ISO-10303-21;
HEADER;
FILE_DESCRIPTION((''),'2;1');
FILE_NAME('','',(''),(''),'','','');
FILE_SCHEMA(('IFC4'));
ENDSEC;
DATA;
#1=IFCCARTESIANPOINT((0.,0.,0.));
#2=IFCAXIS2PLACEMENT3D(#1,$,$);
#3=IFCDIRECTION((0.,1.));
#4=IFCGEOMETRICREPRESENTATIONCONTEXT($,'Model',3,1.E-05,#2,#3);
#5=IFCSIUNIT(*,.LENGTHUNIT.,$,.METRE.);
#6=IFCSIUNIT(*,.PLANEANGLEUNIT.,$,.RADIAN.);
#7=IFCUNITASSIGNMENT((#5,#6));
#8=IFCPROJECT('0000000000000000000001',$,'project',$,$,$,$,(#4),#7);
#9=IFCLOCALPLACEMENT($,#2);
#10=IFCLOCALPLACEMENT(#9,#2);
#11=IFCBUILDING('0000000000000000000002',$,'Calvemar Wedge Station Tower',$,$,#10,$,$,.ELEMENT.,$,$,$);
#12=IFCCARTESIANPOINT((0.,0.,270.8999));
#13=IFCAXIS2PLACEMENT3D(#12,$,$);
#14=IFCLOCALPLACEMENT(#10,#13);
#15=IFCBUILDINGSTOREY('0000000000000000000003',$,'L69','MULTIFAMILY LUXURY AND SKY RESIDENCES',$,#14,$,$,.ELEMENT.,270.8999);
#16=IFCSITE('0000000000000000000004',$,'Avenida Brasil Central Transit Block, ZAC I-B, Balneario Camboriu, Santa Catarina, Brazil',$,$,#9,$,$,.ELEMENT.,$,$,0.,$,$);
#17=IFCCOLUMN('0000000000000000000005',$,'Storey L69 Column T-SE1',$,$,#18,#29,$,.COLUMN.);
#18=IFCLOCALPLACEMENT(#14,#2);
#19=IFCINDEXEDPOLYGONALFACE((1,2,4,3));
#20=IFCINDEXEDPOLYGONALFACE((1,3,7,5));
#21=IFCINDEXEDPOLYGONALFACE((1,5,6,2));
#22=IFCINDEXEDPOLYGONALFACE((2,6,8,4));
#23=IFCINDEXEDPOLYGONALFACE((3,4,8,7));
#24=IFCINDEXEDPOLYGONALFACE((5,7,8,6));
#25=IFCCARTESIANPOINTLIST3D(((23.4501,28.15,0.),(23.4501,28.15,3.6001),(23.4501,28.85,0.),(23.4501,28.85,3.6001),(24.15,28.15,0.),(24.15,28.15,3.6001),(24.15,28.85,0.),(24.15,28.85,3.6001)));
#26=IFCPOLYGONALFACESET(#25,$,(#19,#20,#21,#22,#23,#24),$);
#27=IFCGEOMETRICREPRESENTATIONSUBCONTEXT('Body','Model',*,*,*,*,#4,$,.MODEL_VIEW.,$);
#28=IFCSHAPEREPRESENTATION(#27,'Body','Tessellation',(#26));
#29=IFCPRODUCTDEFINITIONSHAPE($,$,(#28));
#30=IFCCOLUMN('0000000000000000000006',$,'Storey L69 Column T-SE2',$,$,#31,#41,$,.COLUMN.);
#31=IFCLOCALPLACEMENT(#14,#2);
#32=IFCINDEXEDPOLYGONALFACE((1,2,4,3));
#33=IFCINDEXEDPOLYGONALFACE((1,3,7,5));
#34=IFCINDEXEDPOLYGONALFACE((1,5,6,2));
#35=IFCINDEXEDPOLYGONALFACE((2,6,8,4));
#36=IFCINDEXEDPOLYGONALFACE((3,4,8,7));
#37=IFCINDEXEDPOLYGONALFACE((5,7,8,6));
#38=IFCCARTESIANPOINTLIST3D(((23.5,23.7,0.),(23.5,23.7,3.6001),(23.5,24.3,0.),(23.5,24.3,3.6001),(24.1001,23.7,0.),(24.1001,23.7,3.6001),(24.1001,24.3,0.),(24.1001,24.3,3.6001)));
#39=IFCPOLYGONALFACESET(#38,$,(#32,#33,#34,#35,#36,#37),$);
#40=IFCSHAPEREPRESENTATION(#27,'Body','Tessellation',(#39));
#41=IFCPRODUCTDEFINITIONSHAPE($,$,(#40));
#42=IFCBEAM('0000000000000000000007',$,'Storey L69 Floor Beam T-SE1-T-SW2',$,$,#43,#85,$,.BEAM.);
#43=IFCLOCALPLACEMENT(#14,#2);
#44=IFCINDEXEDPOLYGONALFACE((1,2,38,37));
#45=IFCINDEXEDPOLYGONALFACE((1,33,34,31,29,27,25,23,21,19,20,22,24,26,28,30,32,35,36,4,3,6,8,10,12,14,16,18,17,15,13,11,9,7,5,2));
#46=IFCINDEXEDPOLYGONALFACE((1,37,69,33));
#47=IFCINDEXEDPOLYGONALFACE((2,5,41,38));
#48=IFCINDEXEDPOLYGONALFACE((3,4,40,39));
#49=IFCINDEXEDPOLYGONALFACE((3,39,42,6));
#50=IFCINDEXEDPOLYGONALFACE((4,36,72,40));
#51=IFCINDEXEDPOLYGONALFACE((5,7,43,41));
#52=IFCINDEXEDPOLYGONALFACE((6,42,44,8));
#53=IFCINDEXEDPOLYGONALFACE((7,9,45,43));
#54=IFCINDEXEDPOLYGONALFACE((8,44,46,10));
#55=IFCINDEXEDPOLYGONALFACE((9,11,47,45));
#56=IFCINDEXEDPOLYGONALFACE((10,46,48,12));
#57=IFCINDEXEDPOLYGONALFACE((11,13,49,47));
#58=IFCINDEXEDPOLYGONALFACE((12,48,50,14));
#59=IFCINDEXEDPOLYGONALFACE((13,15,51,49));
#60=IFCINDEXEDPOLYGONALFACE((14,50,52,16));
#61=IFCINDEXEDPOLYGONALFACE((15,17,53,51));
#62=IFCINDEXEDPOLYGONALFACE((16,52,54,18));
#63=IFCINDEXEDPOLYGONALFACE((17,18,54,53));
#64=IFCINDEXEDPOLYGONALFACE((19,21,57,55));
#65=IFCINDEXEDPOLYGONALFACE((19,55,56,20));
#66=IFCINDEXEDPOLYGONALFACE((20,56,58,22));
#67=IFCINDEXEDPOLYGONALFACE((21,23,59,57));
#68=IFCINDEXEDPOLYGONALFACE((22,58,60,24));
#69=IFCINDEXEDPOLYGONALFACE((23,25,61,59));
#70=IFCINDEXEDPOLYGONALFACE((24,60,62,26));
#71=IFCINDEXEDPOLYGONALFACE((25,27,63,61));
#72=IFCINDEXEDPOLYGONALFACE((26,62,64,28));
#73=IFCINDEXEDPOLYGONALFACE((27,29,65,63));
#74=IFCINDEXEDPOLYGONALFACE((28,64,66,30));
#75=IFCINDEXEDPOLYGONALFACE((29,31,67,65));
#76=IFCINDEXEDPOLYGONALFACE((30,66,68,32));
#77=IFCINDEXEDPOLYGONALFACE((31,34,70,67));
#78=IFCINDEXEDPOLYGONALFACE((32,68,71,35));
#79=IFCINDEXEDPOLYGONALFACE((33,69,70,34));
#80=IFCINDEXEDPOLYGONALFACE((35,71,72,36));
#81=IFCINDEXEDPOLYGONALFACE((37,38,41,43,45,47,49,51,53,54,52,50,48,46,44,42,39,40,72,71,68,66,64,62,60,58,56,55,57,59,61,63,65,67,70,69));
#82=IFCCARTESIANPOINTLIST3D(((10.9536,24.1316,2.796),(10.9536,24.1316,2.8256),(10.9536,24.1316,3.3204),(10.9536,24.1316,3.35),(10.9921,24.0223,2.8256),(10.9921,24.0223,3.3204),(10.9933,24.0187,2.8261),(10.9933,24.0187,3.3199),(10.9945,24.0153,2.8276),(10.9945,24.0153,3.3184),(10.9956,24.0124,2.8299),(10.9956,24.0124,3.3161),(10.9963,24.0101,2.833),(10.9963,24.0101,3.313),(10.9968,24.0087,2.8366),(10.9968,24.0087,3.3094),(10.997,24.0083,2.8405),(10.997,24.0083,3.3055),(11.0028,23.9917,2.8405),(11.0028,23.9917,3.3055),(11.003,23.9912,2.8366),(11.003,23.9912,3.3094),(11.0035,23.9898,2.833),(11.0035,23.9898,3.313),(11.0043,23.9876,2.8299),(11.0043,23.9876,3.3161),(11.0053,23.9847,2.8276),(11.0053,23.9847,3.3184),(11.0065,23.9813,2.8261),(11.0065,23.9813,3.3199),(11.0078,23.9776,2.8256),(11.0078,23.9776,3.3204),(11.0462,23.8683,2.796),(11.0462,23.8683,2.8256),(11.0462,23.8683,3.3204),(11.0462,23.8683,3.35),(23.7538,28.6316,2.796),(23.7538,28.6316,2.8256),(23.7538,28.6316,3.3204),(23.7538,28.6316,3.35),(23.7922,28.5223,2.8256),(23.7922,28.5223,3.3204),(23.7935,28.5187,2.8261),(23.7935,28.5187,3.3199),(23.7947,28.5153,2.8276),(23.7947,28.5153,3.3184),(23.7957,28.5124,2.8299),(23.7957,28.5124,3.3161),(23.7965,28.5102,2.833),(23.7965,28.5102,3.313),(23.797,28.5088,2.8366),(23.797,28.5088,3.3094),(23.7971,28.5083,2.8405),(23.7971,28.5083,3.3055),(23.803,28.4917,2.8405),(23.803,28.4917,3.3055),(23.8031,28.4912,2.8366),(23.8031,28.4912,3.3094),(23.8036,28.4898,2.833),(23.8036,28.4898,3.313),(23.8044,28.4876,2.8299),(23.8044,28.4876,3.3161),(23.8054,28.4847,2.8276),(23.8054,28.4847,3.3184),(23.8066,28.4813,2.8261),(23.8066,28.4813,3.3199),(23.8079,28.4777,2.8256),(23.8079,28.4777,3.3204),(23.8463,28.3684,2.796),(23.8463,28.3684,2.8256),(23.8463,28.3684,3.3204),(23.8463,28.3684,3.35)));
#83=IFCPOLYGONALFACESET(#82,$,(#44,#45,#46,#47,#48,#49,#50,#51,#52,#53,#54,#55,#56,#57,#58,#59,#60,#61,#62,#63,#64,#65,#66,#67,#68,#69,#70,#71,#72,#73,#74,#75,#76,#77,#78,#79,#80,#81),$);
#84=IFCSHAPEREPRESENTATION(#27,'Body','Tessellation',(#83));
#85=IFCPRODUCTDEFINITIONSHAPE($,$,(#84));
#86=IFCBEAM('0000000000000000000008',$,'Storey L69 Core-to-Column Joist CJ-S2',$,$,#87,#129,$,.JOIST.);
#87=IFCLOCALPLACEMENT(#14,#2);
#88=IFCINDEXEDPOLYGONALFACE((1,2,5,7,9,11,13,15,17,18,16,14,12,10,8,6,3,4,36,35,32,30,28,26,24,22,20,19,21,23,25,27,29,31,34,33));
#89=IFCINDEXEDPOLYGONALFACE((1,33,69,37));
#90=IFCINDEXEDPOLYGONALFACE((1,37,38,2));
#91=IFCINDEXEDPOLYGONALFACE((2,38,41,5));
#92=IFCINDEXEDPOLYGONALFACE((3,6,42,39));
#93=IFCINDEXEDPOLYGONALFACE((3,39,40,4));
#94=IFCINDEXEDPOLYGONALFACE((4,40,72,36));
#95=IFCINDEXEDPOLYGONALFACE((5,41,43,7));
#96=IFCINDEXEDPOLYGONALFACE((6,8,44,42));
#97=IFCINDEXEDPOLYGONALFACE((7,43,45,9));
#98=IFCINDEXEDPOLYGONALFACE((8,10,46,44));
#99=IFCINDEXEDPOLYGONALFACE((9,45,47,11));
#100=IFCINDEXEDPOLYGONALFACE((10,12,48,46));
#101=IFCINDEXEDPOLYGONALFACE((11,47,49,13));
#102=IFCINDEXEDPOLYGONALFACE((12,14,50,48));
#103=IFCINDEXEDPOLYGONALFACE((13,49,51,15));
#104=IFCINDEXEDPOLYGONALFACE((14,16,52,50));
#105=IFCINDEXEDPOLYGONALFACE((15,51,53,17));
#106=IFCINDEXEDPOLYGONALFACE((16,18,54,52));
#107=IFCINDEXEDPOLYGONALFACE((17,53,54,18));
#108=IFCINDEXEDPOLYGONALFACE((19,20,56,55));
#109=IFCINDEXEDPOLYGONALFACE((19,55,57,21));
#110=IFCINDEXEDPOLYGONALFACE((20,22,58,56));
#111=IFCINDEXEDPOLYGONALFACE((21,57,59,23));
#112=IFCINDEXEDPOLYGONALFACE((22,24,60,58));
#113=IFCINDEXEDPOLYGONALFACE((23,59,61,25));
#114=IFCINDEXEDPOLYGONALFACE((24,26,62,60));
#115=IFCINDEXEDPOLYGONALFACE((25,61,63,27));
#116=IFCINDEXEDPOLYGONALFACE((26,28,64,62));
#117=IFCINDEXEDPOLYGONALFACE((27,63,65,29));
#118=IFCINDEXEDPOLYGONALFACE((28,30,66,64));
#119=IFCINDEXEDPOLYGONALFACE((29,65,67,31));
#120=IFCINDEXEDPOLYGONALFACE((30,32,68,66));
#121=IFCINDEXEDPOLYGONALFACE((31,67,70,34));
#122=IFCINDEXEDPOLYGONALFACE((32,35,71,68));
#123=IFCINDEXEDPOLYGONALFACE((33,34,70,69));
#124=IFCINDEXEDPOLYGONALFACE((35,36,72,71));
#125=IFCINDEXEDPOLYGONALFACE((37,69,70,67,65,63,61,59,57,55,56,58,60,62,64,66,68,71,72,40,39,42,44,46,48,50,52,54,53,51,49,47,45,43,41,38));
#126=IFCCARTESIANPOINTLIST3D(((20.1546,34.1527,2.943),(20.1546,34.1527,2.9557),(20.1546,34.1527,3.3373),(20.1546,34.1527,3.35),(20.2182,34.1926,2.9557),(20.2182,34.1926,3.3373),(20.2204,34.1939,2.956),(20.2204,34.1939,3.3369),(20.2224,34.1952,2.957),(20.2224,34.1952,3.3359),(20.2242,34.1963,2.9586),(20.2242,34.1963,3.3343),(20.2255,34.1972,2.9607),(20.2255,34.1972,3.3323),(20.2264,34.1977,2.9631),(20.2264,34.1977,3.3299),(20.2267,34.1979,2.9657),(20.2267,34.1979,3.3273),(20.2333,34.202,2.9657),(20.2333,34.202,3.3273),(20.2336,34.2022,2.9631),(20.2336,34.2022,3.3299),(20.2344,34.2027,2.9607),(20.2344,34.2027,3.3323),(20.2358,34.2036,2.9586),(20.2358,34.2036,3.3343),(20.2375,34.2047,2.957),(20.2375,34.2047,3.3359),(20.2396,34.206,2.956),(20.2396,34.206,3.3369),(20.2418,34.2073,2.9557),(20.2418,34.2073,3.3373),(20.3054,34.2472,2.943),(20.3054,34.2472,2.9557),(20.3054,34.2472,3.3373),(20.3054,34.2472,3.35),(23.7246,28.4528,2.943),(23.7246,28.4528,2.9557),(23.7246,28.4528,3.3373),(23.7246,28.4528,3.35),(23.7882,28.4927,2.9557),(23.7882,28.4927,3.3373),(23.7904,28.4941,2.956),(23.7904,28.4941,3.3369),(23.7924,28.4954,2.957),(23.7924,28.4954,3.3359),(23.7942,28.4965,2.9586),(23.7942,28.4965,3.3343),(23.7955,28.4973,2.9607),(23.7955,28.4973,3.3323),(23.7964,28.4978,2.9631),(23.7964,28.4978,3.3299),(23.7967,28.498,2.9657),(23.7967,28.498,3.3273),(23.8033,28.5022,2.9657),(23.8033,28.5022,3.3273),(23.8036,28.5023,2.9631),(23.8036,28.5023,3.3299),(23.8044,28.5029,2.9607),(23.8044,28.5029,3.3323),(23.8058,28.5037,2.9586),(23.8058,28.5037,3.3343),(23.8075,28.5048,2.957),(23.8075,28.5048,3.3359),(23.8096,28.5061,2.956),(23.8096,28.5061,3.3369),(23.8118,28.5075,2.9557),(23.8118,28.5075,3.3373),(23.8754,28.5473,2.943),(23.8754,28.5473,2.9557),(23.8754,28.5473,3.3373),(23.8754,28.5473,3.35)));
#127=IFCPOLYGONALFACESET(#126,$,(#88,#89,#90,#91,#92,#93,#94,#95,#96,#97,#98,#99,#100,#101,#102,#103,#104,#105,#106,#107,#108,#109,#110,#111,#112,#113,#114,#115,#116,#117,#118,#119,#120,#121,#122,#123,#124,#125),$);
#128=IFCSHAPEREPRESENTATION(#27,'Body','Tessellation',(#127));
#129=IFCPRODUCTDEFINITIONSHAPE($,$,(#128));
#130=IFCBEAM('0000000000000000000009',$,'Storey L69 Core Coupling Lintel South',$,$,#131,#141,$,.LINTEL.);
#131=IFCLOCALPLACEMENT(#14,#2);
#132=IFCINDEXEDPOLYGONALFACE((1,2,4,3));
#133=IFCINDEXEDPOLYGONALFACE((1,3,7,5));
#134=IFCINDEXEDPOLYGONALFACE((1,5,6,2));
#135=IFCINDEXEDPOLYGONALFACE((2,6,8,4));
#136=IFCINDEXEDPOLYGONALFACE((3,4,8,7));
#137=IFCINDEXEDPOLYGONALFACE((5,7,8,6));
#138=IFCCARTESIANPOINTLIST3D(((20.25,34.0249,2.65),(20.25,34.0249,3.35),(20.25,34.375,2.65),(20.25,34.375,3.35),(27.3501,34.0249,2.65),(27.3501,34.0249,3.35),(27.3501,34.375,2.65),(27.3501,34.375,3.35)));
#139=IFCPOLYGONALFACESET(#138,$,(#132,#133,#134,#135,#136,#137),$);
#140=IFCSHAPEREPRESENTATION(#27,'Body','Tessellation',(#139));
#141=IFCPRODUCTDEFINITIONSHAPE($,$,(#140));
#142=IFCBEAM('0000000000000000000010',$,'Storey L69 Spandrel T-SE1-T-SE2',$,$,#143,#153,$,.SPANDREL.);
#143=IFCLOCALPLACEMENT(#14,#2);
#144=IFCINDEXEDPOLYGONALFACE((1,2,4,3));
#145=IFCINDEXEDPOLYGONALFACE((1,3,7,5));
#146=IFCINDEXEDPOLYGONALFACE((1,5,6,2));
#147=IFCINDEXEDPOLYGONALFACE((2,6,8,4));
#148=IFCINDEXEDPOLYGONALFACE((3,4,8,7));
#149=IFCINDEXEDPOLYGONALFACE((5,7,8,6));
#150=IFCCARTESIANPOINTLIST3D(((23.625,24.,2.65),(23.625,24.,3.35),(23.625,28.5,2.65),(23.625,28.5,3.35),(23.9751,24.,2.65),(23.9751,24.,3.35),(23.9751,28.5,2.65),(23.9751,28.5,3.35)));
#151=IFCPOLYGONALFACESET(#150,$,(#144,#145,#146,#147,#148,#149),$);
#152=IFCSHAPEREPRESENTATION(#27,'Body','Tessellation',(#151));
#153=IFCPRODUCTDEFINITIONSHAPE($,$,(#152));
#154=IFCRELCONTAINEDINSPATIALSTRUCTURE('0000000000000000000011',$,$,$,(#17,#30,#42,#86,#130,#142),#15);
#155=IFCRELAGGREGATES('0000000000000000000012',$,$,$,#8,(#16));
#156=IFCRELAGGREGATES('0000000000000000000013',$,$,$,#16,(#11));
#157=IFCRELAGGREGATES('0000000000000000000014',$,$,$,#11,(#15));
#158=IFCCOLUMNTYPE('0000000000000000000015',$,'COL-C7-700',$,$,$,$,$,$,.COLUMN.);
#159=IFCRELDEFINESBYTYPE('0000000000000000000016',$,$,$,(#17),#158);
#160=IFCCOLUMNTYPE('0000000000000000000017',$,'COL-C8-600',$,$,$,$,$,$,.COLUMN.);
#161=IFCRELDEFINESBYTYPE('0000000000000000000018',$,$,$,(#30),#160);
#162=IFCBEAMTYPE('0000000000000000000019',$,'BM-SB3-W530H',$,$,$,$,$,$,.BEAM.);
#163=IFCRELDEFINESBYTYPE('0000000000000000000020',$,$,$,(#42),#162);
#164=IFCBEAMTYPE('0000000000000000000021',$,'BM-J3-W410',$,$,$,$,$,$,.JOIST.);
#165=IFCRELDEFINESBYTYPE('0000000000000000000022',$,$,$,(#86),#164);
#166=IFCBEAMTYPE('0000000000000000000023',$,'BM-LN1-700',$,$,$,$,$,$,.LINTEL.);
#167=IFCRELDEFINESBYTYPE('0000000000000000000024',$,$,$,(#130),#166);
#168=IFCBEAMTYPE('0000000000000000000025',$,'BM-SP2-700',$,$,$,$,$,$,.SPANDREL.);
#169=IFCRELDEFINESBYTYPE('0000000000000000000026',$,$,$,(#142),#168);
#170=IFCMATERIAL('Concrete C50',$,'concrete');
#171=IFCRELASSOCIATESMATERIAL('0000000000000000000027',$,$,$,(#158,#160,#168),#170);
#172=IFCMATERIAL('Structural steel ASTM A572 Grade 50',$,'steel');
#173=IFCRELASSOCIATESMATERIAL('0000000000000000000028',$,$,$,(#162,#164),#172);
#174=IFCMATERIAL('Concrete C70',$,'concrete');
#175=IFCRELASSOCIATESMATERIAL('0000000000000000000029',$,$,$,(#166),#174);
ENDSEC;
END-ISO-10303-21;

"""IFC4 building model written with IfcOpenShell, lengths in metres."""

from ifc_helpers import new_model, si_unit, direction, frame, origin, origin_2d, place, context, subcontext, project, spatial, rectangle, i_section, extrude, source, transform, mapped, material, material_profile, profile_set, type_object, element, save


model = new_model("IFC4")

# Units and contexts
model_context = context("Model", 3, precision=1e-05, world=origin(), true_north=direction((0.0, 1.0)))
body_context = subcontext(model_context, "Body", "Model", "MODEL_VIEW")
ifc_project = project(units=[si_unit("LENGTHUNIT", "METRE"), si_unit("PLANEANGLEUNIT", "RADIAN")], contexts=[model_context])

# Site, building, storey
site_placement = place(None, origin())
site = spatial("IfcSite", under=ifc_project, at=site_placement, Name="Avenida Brasil Central Transit Block, ZAC I-B, Balneario Camboriu, Santa Catarina, Brazil", CompositionType="ELEMENT", RefElevation=0.0)
building_placement = place(site_placement, origin())
building = spatial("IfcBuilding", under=site, at=building_placement, Name="Calvemar Wedge Station Tower", CompositionType="ELEMENT")
storey_placement = place(building_placement, frame((0.0, 0.0, 270.8999)))
storey = spatial("IfcBuildingStorey", under=building, at=storey_placement, Name="L69", Description="MULTIFAMILY LUXURY AND SKY RESIDENCES", CompositionType="ELEMENT", Elevation=270.8999)

# Columns
ifc_material_1 = material(Name="Concrete C50", Category="concrete")
ifc_material_profile_1 = material_profile(ifc_material_1, rectangle(XDim=0.7, YDim=0.7, at=origin_2d()), Name="RC700x700")
ifc_profile_set_1 = profile_set([ifc_material_profile_1], Name="Concrete C50")
column_type_1 = type_object("IfcColumnType", Name="COL-C7-700", PredefinedType="COLUMN", material=ifc_profile_set_1)
shared_shape_1 = source(origin(), body_context, "Body", "SweptSolid", [
    extrude(rectangle(XDim=0.7, YDim=0.7, at=origin_2d()), origin(), (0.0, 0.0, 1.0), 3.6001),
])
column_1_placement = place(storey_placement, frame((23.8, 28.5, 0.0), z_axis=(0.0, 0.0, 1.0), x_axis=(1.0, 0.0, 0.0)))
element("IfcColumn", 1, at=column_1_placement, inside=storey, type_object=column_type_1, Name="Storey L69 Column T-SE1", PredefinedType="COLUMN", context=body_context, shape_type="MappedRepresentation", body=[
    mapped(shared_shape_1, transform((0.0, 0.0, 0.0), scale=1.0)),
])
ifc_material_profile_2 = material_profile(ifc_material_1, rectangle(XDim=0.6001, YDim=0.6001, at=origin_2d()), Name="RC600x600")
ifc_profile_set_2 = profile_set([ifc_material_profile_2], Name="Concrete C50")
column_type_2 = type_object("IfcColumnType", Name="COL-C8-600", PredefinedType="COLUMN", material=ifc_profile_set_2)
shared_shape_2 = source(origin(), body_context, "Body", "SweptSolid", [
    extrude(rectangle(XDim=0.6001, YDim=0.6001, at=origin_2d()), origin(), (0.0, 0.0, 1.0), 3.6001),
])
column_2_placement = place(storey_placement, frame((23.8, 24.0, 0.0), z_axis=(0.0, 0.0, 1.0), x_axis=(1.0, 0.0, 0.0)))
element("IfcColumn", 2, at=column_2_placement, inside=storey, type_object=column_type_2, Name="Storey L69 Column T-SE2", PredefinedType="COLUMN", context=body_context, shape_type="MappedRepresentation", body=[
    mapped(shared_shape_2, transform((0.0, 0.0, 0.0), scale=1.0)),
])

# Beams
ifc_material_2 = material(Name="Structural steel ASTM A572 Grade 50", Category="steel")
ifc_material_profile_3 = material_profile(ifc_material_2, i_section(OverallWidth=0.2791, OverallDepth=0.554, WebThickness=0.0176, FlangeThickness=0.0295, FilletRadius=0.0149, at=origin_2d()), Name="W530x196")
ifc_profile_set_3 = profile_set([ifc_material_profile_3], Name="Structural steel ASTM A572 Grade 50")
beam_type_1 = type_object("IfcBeamType", Name="BM-SB3-W530H", PredefinedType="BEAM", material=ifc_profile_set_3)
shared_shape_3 = source(origin(), body_context, "Body", "SweptSolid", [
    extrude(i_section(OverallWidth=0.2791, OverallDepth=0.554, WebThickness=0.0176, FlangeThickness=0.0295, FilletRadius=0.0149, at=origin_2d()), origin(), (0.0, 0.0, 1.0), 13.5681),
])
beam_1_placement = place(storey_placement, frame((23.8, 28.5, 3.073), z_axis=(-0.943398, -0.331662, 0.0), x_axis=(0.331662, -0.943398, 0.0)))
element("IfcBeam", 3, at=beam_1_placement, inside=storey, type_object=beam_type_1, Name="Storey L69 Floor Beam T-SE1-T-SW2", PredefinedType="BEAM", context=body_context, shape_type="MappedRepresentation", body=[
    mapped(shared_shape_3, transform((0.0, 0.0, 0.0), scale=1.0)),
])
ifc_material_profile_4 = material_profile(ifc_material_2, i_section(OverallWidth=0.178, OverallDepth=0.407, WebThickness=0.0078, FlangeThickness=0.0127, FilletRadius=0.01, at=origin_2d()), Name="W410x60")
ifc_profile_set_4 = profile_set([ifc_material_profile_4], Name="Structural steel ASTM A572 Grade 50")
beam_type_2 = type_object("IfcBeamType", Name="BM-J3-W410", PredefinedType="JOIST", material=ifc_profile_set_4)
shared_shape_4 = source(origin(), body_context, "Body", "SweptSolid", [
    extrude(i_section(OverallWidth=0.178, OverallDepth=0.407, WebThickness=0.0078, FlangeThickness=0.0127, FilletRadius=0.01, at=origin_2d()), origin(), (0.0, 0.0, 1.0), 6.7256),
])
beam_2_placement = place(storey_placement, frame((20.23, 34.2, 3.1465), z_axis=(0.530811, -0.84749, 0.0), x_axis=(0.84749, 0.530811, 0.0)))
element("IfcBeam", 4, at=beam_2_placement, inside=storey, type_object=beam_type_2, Name="Storey L69 Core-to-Column Joist CJ-S2", PredefinedType="JOIST", context=body_context, shape_type="MappedRepresentation", body=[
    mapped(shared_shape_4, transform((0.0, 0.0, 0.0), scale=1.0)),
])
ifc_material_3 = material(Name="Concrete C70", Category="concrete")
ifc_material_profile_5 = material_profile(ifc_material_3, rectangle(XDim=0.3501, YDim=0.7, at=origin_2d()), Name="RC350x700")
ifc_profile_set_5 = profile_set([ifc_material_profile_5], Name="Concrete C70")
beam_type_3 = type_object("IfcBeamType", Name="BM-LN1-700", PredefinedType="LINTEL", material=ifc_profile_set_5)
shared_shape_5 = source(origin(), body_context, "Body", "SweptSolid", [
    extrude(rectangle(XDim=0.3501, YDim=0.7, at=origin_2d()), origin(), (0.0, 0.0, 1.0), 7.1001),
])
beam_3_placement = place(storey_placement, frame((20.25, 34.2, 3.0), z_axis=(1.0, 0.0, 0.0), x_axis=(0.0, 1.0, 0.0)))
element("IfcBeam", 5, at=beam_3_placement, inside=storey, type_object=beam_type_3, Name="Storey L69 Core Coupling Lintel South", PredefinedType="LINTEL", context=body_context, shape_type="MappedRepresentation", body=[
    mapped(shared_shape_5, transform((0.0, 0.0, 0.0), scale=1.0)),
])
ifc_material_profile_6 = material_profile(ifc_material_1, rectangle(XDim=0.3501, YDim=0.7, at=origin_2d()), Name="RC350x700")
ifc_profile_set_6 = profile_set([ifc_material_profile_6], Name="Concrete C50")
beam_type_4 = type_object("IfcBeamType", Name="BM-SP2-700", PredefinedType="SPANDREL", material=ifc_profile_set_6)
shared_shape_6 = source(origin(), body_context, "Body", "SweptSolid", [
    extrude(rectangle(XDim=0.3501, YDim=0.7, at=origin_2d()), origin(), (0.0, 0.0, 1.0), 4.5),
])
beam_4_placement = place(storey_placement, frame((23.8, 28.5, 3.0), z_axis=(0.0, -1.0, 0.0), x_axis=(1.0, 0.0, 0.0)))
element("IfcBeam", 6, at=beam_4_placement, inside=storey, type_object=beam_type_4, Name="Storey L69 Spandrel T-SE1-T-SE2", PredefinedType="SPANDREL", context=body_context, shape_type="MappedRepresentation", body=[
    mapped(shared_shape_6, transform((0.0, 0.0, 0.0), scale=1.0)),
])

save(model, "model.ifc")
